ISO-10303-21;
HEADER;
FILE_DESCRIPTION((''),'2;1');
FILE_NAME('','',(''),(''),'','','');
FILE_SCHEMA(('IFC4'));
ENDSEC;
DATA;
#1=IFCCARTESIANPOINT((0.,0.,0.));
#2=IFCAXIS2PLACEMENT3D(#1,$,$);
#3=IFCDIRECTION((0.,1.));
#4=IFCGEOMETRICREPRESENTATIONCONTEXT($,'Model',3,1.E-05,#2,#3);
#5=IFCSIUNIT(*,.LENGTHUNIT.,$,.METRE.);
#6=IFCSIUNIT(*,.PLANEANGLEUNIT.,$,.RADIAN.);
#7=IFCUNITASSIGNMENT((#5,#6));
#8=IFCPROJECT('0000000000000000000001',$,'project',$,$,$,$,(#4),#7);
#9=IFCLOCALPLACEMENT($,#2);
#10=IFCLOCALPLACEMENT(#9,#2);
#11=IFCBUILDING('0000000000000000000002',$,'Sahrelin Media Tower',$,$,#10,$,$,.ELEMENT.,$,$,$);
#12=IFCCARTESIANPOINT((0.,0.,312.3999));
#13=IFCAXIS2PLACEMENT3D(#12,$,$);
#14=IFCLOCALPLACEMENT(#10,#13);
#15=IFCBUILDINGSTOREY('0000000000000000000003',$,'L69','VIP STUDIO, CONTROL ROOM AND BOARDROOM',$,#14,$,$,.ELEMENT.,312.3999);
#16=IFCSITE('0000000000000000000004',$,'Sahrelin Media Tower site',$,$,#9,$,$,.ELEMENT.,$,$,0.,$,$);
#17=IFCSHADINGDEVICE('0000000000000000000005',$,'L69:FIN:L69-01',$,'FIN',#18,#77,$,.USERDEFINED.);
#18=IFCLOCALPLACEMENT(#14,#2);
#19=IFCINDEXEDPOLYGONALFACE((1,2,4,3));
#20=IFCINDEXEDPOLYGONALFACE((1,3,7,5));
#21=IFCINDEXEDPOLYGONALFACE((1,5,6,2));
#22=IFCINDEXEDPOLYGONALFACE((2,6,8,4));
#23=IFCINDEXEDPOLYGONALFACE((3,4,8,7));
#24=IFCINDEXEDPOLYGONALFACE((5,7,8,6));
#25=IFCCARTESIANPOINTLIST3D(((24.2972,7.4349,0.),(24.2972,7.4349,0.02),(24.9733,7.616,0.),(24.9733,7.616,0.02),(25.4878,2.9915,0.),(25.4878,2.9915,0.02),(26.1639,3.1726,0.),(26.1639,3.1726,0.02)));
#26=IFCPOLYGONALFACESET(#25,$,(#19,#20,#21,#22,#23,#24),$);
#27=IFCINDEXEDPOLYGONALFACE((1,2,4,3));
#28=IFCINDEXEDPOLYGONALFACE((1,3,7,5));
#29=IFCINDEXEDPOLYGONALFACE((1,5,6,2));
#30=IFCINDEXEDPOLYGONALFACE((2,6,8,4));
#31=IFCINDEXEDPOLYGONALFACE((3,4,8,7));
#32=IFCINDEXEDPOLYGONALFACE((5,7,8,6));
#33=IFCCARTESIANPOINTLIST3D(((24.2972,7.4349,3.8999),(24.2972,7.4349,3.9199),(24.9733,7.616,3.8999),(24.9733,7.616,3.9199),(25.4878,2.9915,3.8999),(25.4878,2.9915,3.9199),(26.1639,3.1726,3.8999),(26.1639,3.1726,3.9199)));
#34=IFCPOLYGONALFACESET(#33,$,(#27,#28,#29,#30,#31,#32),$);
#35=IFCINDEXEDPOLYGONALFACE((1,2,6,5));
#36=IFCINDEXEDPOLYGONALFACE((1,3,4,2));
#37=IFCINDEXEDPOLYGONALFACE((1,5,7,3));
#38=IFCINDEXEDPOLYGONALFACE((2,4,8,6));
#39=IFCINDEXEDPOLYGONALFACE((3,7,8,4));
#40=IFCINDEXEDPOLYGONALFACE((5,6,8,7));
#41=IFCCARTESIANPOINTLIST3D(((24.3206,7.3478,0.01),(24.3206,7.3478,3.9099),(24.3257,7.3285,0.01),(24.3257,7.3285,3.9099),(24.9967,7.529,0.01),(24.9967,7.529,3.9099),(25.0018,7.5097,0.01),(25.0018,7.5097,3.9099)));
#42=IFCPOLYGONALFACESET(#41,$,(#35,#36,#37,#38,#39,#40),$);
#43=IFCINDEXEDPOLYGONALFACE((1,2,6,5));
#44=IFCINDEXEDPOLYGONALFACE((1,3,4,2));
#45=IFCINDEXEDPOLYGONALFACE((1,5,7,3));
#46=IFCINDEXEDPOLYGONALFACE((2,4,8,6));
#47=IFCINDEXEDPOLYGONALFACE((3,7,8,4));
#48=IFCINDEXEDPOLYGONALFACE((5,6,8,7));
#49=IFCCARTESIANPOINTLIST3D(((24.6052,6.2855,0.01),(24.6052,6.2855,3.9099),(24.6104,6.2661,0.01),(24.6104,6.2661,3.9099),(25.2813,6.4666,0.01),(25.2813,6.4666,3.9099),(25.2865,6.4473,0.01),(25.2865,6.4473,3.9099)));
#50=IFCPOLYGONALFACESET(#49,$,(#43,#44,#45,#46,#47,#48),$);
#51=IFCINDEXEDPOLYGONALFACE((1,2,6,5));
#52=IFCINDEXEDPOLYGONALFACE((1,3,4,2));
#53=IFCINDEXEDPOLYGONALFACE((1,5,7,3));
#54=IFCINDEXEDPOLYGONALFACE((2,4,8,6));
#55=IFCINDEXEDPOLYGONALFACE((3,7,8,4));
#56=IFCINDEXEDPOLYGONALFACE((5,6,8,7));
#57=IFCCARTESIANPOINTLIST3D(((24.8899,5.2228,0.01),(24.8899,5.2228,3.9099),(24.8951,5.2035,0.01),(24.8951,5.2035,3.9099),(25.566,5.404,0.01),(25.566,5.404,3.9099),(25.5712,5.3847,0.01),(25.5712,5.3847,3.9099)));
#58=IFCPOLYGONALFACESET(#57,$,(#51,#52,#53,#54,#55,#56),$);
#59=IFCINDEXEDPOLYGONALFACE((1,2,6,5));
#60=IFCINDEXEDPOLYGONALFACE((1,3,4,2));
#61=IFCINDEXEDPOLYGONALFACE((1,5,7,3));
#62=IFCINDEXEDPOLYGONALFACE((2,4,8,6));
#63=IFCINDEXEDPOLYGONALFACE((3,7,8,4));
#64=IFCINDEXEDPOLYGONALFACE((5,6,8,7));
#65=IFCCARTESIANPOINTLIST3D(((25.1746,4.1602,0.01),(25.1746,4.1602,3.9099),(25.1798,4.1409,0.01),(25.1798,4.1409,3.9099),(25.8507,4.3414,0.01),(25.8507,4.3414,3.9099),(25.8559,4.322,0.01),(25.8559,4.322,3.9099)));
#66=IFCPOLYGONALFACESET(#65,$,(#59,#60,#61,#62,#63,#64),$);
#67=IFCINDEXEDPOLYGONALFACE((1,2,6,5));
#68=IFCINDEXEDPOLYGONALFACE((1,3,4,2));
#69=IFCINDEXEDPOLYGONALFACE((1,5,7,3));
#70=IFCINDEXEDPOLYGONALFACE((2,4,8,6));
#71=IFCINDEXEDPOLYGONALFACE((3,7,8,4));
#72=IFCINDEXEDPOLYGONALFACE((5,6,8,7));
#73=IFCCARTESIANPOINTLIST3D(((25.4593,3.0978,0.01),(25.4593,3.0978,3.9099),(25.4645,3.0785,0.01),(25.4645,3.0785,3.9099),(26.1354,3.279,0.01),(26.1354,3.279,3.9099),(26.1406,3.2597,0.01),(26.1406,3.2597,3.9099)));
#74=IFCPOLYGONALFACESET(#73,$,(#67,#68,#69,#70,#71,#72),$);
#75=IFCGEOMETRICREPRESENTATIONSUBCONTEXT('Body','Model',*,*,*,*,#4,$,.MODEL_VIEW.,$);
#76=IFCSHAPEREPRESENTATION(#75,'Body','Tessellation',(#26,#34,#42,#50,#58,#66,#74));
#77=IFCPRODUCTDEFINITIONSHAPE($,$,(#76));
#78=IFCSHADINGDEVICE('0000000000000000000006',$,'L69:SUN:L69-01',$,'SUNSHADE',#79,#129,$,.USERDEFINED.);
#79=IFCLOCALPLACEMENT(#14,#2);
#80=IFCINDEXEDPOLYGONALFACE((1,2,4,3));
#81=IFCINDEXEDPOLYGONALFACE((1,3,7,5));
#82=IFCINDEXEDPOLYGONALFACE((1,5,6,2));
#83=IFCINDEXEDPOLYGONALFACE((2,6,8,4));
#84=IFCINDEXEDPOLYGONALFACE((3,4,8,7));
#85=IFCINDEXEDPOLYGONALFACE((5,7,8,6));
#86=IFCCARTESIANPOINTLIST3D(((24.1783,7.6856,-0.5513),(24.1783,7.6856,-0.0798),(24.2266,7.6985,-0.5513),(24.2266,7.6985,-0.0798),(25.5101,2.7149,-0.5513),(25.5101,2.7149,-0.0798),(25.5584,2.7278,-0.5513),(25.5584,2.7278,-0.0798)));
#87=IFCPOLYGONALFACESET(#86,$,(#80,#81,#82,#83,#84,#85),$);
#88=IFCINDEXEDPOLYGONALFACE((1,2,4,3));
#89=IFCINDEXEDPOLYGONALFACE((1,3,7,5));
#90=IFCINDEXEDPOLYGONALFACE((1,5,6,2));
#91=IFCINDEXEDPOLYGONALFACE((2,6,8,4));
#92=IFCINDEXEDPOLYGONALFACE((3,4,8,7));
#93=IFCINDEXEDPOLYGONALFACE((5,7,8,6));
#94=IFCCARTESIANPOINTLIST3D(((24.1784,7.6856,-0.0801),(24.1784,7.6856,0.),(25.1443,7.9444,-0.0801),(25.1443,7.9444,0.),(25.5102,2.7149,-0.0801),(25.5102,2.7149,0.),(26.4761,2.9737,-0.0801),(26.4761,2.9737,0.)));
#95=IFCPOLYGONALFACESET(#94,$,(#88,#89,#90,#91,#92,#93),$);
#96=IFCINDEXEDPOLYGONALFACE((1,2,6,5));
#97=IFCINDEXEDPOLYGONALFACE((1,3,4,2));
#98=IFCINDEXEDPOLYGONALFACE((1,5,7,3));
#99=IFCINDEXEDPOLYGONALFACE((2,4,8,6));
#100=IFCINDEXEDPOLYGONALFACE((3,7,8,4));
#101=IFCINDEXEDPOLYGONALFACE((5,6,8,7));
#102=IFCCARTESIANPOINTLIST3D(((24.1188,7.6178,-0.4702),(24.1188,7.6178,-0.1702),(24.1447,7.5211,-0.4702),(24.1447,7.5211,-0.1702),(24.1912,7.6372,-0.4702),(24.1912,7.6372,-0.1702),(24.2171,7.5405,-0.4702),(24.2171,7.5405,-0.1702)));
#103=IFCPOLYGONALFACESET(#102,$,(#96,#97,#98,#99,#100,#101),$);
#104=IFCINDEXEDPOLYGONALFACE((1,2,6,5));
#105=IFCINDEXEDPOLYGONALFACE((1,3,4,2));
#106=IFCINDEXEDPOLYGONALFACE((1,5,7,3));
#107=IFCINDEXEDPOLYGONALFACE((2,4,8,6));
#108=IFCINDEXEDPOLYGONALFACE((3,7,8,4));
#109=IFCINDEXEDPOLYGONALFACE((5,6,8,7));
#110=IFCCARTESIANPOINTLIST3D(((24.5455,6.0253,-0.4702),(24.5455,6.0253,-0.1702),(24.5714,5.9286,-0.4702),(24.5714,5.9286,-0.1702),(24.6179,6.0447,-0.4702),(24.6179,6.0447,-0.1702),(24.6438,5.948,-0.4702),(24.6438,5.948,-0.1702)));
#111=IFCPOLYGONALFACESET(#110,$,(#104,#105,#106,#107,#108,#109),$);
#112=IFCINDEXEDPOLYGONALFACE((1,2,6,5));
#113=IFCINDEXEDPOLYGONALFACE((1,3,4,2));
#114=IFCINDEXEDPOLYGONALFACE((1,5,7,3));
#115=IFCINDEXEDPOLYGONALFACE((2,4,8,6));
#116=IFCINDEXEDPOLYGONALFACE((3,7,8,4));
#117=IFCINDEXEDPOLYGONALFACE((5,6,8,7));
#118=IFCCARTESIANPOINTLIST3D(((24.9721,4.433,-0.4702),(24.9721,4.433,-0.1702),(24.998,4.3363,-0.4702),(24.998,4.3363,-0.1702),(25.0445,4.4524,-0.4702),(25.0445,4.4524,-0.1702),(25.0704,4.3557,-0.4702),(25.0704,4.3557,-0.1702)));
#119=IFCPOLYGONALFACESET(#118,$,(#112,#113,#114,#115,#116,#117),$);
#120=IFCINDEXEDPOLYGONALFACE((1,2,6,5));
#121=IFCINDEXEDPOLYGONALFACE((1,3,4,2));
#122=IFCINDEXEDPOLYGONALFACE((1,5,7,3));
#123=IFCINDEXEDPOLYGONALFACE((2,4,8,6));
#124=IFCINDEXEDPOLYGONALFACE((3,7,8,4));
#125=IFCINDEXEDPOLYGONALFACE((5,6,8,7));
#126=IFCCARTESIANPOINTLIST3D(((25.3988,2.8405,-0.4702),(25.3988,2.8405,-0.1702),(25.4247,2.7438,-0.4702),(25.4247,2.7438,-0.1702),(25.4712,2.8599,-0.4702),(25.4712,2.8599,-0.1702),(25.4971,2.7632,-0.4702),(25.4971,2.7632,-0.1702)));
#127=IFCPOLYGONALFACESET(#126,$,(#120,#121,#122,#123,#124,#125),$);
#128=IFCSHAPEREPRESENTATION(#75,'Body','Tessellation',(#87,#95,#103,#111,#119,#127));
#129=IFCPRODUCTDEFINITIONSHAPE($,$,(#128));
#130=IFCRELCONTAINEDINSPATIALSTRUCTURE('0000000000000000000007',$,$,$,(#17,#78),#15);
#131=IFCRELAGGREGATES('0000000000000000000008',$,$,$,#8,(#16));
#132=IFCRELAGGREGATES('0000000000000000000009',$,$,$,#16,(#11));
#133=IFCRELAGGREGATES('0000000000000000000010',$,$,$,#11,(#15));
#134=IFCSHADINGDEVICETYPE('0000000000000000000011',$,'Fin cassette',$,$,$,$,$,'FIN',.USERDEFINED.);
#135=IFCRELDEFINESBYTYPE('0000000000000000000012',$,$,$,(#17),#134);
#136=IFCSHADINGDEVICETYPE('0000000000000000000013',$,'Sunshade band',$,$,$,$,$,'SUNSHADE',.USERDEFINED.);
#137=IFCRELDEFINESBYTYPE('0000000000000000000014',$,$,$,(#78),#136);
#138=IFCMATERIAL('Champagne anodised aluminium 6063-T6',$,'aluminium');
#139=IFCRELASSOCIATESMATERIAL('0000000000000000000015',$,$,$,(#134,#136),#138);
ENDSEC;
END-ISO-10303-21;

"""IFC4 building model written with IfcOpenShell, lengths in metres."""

from ifc_helpers import new_model, si_unit, direction, frame, origin, origin_2d, place, context, subcontext, project, spatial, rectangle, extrude, material, type_object, element, save


model = new_model("IFC4")

# Units and contexts
model_context = context("Model", 3, precision=1e-05, world=origin(), true_north=direction((0.0, 1.0)))
body_context = subcontext(model_context, "Body", "Model", "MODEL_VIEW")
ifc_project = project(units=[si_unit("LENGTHUNIT", "METRE"), si_unit("PLANEANGLEUNIT", "RADIAN")], contexts=[model_context])

# Site, building, storey
site_placement = place(None, origin())
site = spatial("IfcSite", under=ifc_project, at=site_placement, Name="Sahrelin Media Tower site", CompositionType="ELEMENT", RefElevation=0.0)
building_placement = place(site_placement, origin())
building = spatial("IfcBuilding", under=site, at=building_placement, Name="Sahrelin Media Tower", CompositionType="ELEMENT")
storey_placement = place(building_placement, frame((0.0, 0.0, 312.3999)))
storey = spatial("IfcBuildingStorey", under=building, at=storey_placement, Name="L69", Description="VIP STUDIO, CONTROL ROOM AND BOARDROOM", CompositionType="ELEMENT", Elevation=312.3999)

# Shared definitions
ifc_material_1 = material(Name="Champagne anodised aluminium 6063-T6", Category="aluminium")

# Shading devices
shading_device_type_1 = type_object("IfcShadingDeviceType", Name="Fin cassette", ElementType="FIN", PredefinedType="USERDEFINED", material=ifc_material_1)
placement = place(storey_placement, frame((24.825, 5.1951, 0.0), z_axis=(0.0, 0.0, 1.0), x_axis=(0.258808, -0.965929, 0.0)))
element("IfcShadingDevice", 1, at=placement, inside=storey, type_object=shading_device_type_1, Name="L69:FIN:L69-01", ObjectType="FIN", PredefinedType="USERDEFINED", context=body_context, shape_type="SweptSolid", body=[
    extrude(rectangle(XDim=4.6001, YDim=0.7, at=origin_2d()), frame((0.0, 0.4199, 0.0)), (0.0, 0.0, 1.0), 0.02),
    extrude(rectangle(XDim=4.6001, YDim=0.7, at=origin_2d()), frame((0.0, 0.4199, 3.8999)), (0.0, 0.0, 1.0), 0.02),
    extrude(rectangle(XDim=0.02, YDim=0.7, at=origin_2d()), frame((-2.2, 0.4199, 0.01), z_axis=(0.0, 0.0, 1.0), x_axis=(1.0, 0.0, 0.0)), (0.0, 0.0, 1.0), 3.8999),
    extrude(rectangle(XDim=0.02, YDim=0.7, at=origin_2d()), frame((-1.1001, 0.4199, 0.01), z_axis=(0.0, 0.0, 1.0), x_axis=(1.0, 0.0, 0.0)), (0.0, 0.0, 1.0), 3.8999),
    extrude(rectangle(XDim=0.02, YDim=0.7, at=origin_2d()), frame((0.0, 0.4199, 0.01), z_axis=(0.0, 0.0, 1.0), x_axis=(1.0, 0.0, 0.0)), (0.0, 0.0, 1.0), 3.8999),
    extrude(rectangle(XDim=0.02, YDim=0.7, at=origin_2d()), frame((1.1001, 0.4199, 0.01), z_axis=(0.0, 0.0, 1.0), x_axis=(1.0, 0.0, 0.0)), (0.0, 0.0, 1.0), 3.8999),
    extrude(rectangle(XDim=0.02, YDim=0.7, at=origin_2d()), frame((2.2, 0.4199, 0.01), z_axis=(0.0, 0.0, 1.0), x_axis=(1.0, 0.0, 0.0)), (0.0, 0.0, 1.0), 3.8999),
])
shading_device_type_2 = type_object("IfcShadingDeviceType", Name="Sunshade band", ElementType="SUNSHADE", PredefinedType="USERDEFINED", material=ifc_material_1)
element("IfcShadingDevice", 2, at=placement, inside=storey, type_object=shading_device_type_2, Name="L69:SUN:L69-01", ObjectType="SUNSHADE", PredefinedType="USERDEFINED", context=body_context, shape_type="SweptSolid", body=[
    extrude(rectangle(XDim=5.146, YDim=0.05, at=origin_2d()), frame((0.0, 0.0449, -0.5513)), (0.0, 0.0, 1.0), 0.4714),
    extrude(rectangle(XDim=5.146, YDim=1.0, at=origin_2d()), frame((0.0, 0.52, -0.0801)), (0.0, 0.0, 1.0), 0.0801),
    extrude(rectangle(XDim=0.1001, YDim=0.075, at=origin_2d()), frame((-2.4729, -0.0176, -0.4702)), (0.0, 0.0, 1.0), 0.3),
    extrude(rectangle(XDim=0.1001, YDim=0.075, at=origin_2d()), frame((-0.8242, -0.0176, -0.4702)), (0.0, 0.0, 1.0), 0.3),
    extrude(rectangle(XDim=0.1001, YDim=0.075, at=origin_2d()), frame((0.8242, -0.0176, -0.4702)), (0.0, 0.0, 1.0), 0.3),
    extrude(rectangle(XDim=0.1001, YDim=0.075, at=origin_2d()), frame((2.4729, -0.0176, -0.4702)), (0.0, 0.0, 1.0), 0.3),
])

save(model, "model.ifc")
